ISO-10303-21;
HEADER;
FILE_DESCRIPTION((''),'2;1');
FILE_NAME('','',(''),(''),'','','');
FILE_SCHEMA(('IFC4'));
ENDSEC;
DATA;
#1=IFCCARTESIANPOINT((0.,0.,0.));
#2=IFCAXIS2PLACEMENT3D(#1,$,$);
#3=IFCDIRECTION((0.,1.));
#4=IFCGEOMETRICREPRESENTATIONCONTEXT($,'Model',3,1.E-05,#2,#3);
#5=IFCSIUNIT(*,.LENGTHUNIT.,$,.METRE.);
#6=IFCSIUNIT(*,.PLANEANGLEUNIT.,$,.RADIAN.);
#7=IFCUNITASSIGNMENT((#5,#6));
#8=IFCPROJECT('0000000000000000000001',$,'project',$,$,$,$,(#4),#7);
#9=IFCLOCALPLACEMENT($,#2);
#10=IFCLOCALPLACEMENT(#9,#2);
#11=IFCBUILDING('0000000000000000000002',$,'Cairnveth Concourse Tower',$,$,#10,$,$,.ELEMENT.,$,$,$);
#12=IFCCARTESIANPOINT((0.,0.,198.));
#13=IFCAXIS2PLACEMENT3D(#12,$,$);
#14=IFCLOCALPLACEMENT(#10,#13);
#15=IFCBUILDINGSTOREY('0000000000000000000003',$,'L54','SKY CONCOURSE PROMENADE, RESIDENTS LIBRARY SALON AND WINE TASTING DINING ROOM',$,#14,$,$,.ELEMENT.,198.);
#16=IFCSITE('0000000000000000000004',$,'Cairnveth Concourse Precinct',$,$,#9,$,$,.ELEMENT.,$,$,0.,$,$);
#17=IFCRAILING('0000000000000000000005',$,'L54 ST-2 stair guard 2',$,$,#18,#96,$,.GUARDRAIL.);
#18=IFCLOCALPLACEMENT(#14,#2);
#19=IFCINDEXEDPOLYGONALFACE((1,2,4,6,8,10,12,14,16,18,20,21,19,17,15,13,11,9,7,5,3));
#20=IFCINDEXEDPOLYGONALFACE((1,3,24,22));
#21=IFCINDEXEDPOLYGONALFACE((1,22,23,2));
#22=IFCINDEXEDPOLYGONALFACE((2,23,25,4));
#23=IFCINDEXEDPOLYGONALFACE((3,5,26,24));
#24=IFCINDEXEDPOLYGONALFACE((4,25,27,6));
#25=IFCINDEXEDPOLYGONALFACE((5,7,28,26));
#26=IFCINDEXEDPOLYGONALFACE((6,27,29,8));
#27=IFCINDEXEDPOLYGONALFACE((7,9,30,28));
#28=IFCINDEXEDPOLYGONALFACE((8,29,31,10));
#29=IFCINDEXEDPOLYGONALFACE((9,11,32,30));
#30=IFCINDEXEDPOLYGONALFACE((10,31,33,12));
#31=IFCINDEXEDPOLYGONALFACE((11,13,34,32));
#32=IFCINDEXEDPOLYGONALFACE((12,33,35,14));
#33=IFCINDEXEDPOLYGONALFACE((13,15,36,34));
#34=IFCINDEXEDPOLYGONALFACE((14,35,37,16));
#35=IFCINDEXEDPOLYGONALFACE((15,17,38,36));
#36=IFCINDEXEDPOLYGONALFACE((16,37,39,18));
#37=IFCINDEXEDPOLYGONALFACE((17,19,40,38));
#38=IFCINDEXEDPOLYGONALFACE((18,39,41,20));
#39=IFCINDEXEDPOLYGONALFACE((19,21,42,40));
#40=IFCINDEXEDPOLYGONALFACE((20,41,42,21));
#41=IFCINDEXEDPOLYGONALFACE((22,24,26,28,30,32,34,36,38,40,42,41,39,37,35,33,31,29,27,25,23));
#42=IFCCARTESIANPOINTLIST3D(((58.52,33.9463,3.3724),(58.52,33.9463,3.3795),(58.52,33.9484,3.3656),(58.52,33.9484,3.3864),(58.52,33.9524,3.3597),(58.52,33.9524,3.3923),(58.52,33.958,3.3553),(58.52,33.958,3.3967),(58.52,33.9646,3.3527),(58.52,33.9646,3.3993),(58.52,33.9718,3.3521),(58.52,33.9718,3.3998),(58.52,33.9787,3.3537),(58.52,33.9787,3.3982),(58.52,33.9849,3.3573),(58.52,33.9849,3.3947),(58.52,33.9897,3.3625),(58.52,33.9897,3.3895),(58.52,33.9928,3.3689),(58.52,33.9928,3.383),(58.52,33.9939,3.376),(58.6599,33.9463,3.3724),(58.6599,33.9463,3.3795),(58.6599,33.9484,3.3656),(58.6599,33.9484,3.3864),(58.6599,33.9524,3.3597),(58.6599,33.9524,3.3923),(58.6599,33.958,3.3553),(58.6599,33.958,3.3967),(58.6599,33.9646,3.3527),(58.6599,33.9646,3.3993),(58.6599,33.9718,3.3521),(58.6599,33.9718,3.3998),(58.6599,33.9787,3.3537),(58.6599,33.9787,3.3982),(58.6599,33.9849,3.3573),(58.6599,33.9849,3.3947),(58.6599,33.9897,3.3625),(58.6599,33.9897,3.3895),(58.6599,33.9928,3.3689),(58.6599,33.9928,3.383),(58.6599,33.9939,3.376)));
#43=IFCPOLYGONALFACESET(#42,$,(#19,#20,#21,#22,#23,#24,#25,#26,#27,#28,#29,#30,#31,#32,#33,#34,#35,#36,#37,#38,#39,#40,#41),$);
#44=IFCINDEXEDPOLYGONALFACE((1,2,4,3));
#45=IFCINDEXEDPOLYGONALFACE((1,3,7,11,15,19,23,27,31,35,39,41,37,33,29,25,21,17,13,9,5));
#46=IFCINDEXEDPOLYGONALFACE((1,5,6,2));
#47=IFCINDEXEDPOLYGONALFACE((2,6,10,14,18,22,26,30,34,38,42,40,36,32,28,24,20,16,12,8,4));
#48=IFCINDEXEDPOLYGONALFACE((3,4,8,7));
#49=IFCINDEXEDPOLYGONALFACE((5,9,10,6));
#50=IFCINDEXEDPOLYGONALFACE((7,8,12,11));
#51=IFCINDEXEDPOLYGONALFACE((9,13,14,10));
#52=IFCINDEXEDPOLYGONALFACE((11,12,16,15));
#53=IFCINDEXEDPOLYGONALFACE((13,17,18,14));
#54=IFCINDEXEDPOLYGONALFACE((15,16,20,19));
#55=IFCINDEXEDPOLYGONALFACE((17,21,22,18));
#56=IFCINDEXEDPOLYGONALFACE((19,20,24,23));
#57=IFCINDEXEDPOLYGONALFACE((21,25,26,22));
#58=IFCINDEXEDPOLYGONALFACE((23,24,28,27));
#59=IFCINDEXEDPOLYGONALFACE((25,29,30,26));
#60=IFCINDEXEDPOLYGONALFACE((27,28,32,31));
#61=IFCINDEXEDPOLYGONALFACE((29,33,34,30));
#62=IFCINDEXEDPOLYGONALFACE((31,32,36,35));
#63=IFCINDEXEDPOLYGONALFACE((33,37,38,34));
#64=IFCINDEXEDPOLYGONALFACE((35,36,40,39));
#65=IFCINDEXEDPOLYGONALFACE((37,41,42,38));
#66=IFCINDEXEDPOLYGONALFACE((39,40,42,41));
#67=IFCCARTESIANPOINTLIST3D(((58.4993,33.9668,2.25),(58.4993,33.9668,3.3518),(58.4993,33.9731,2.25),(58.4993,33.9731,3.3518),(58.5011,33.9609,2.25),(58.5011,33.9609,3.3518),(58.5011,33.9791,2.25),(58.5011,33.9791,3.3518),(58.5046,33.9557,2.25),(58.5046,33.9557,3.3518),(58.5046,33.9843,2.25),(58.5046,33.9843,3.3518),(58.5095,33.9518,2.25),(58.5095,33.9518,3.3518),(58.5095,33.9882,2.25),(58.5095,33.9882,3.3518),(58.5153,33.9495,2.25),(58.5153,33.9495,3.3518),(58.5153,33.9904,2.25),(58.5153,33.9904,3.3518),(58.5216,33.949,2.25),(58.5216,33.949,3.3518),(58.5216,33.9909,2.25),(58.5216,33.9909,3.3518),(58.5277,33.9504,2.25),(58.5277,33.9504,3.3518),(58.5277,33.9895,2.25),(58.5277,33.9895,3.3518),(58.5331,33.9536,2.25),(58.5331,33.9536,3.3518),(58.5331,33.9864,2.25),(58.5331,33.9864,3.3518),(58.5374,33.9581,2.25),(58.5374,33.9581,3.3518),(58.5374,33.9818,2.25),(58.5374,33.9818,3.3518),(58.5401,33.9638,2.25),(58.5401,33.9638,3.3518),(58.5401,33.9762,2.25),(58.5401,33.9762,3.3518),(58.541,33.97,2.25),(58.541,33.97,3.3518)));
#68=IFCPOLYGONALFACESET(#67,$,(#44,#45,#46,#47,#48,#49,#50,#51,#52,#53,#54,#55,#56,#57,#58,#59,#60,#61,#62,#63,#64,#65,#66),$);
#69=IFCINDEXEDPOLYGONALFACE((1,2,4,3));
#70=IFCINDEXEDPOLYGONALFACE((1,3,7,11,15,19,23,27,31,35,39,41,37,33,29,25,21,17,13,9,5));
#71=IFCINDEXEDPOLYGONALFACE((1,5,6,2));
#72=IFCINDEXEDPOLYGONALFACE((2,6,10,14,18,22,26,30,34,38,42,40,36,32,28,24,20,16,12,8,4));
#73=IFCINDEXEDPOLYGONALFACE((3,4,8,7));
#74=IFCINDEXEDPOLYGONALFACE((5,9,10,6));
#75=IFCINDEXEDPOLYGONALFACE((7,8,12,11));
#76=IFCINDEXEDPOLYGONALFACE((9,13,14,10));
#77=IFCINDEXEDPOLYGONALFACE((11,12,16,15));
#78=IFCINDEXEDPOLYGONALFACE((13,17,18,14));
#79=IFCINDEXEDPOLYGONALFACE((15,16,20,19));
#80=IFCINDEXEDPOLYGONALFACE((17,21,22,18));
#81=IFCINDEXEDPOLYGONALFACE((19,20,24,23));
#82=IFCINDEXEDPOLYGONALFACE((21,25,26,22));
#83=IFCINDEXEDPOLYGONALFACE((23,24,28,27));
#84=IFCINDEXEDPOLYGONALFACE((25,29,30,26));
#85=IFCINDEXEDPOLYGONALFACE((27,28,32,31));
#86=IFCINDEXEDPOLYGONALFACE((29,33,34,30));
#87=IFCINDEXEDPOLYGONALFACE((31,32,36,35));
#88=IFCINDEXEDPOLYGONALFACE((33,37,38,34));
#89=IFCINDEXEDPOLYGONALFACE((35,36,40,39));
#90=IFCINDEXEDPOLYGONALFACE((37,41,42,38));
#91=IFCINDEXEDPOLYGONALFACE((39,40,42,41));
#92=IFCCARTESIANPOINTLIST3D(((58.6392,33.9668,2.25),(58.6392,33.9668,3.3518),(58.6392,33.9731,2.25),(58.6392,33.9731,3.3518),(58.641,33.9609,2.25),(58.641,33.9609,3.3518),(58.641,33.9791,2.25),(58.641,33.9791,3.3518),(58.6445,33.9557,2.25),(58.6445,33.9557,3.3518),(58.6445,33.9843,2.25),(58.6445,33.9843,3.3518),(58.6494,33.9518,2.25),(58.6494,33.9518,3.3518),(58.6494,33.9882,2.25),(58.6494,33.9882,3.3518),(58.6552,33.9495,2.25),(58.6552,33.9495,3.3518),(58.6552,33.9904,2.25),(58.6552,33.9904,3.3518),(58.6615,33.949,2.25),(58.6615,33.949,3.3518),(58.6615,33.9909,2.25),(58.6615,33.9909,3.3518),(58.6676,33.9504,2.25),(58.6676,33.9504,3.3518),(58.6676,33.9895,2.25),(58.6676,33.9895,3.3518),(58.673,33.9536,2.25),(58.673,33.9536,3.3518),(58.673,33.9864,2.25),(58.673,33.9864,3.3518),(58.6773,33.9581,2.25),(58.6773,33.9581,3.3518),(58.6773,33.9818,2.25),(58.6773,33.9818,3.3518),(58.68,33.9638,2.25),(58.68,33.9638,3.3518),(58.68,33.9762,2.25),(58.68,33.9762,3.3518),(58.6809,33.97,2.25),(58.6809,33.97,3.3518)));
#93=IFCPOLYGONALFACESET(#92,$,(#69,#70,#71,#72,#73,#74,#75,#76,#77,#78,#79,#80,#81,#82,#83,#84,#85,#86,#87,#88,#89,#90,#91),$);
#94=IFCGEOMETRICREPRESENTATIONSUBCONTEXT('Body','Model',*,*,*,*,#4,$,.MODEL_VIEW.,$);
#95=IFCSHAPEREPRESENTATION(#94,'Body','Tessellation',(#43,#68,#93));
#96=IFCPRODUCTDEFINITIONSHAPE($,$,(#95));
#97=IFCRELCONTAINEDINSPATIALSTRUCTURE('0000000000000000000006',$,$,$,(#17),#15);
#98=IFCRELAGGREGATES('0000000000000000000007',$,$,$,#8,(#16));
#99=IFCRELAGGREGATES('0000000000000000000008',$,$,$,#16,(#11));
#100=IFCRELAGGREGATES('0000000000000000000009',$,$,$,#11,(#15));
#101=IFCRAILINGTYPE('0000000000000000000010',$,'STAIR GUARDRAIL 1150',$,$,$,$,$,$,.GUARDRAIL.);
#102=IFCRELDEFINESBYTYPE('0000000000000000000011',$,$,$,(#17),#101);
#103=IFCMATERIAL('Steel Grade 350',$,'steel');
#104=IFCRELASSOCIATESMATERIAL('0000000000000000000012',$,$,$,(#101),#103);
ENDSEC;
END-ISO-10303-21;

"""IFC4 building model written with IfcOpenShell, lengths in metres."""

from ifc_helpers import new_model, si_unit, direction, frame, origin, origin_2d, place, context, subcontext, project, spatial, circle, extrude, material, type_object, element, save


model = new_model("IFC4")

# Units and contexts
model_context = context("Model", 3, precision=1e-05, world=origin(), true_north=direction((0.0, 1.0)))
body_context = subcontext(model_context, "Body", "Model", "MODEL_VIEW")
ifc_project = project(units=[si_unit("LENGTHUNIT", "METRE"), si_unit("PLANEANGLEUNIT", "RADIAN")], contexts=[model_context])

# Site, building, storey
site_placement = place(None, origin())
site = spatial("IfcSite", under=ifc_project, at=site_placement, Name="Cairnveth Concourse Precinct", CompositionType="ELEMENT", RefElevation=0.0)
building_placement = place(site_placement, origin())
building = spatial("IfcBuilding", under=site, at=building_placement, Name="Cairnveth Concourse Tower", CompositionType="ELEMENT")
storey_placement = place(building_placement, frame((0.0, 0.0, 198.0)))
storey = spatial("IfcBuildingStorey", under=building, at=storey_placement, Name="L54", Description="SKY CONCOURSE PROMENADE, RESIDENTS LIBRARY SALON AND WINE TASTING DINING ROOM", CompositionType="ELEMENT", Elevation=198.0)

# Shared definitions
ifc_material_1 = material(Name="Steel Grade 350", Category="steel")

# Railing
railing_type_1 = type_object("IfcRailingType", Name="STAIR GUARDRAIL 1150", PredefinedType="GUARDRAIL", material=ifc_material_1)
railing_1_placement = place(storey_placement, frame((58.52, 33.97, 2.25)))
element("IfcRailing", 1, at=railing_1_placement, inside=storey, type_object=railing_type_1, Name="L54 ST-2 stair guard 2", PredefinedType="GUARDRAIL", context=body_context, shape_type="SweptSolid", body=[
    extrude(circle(Radius=0.0239, at=origin_2d()), frame((0.0, 0.0, 1.126), z_axis=(1.0, 0.0, 0.0), x_axis=(0.0, 1.0, 0.0)), (0.0, 0.0, 1.0), 0.1399),
    extrude(circle(Radius=0.021, at=origin_2d()), origin(), (0.0, 0.0, 1.0), 1.1018),
    extrude(circle(Radius=0.021, at=origin_2d()), frame((0.1399, 0.0, 0.0)), (0.0, 0.0, 1.0), 1.1018),
])

save(model, "model.ifc")
